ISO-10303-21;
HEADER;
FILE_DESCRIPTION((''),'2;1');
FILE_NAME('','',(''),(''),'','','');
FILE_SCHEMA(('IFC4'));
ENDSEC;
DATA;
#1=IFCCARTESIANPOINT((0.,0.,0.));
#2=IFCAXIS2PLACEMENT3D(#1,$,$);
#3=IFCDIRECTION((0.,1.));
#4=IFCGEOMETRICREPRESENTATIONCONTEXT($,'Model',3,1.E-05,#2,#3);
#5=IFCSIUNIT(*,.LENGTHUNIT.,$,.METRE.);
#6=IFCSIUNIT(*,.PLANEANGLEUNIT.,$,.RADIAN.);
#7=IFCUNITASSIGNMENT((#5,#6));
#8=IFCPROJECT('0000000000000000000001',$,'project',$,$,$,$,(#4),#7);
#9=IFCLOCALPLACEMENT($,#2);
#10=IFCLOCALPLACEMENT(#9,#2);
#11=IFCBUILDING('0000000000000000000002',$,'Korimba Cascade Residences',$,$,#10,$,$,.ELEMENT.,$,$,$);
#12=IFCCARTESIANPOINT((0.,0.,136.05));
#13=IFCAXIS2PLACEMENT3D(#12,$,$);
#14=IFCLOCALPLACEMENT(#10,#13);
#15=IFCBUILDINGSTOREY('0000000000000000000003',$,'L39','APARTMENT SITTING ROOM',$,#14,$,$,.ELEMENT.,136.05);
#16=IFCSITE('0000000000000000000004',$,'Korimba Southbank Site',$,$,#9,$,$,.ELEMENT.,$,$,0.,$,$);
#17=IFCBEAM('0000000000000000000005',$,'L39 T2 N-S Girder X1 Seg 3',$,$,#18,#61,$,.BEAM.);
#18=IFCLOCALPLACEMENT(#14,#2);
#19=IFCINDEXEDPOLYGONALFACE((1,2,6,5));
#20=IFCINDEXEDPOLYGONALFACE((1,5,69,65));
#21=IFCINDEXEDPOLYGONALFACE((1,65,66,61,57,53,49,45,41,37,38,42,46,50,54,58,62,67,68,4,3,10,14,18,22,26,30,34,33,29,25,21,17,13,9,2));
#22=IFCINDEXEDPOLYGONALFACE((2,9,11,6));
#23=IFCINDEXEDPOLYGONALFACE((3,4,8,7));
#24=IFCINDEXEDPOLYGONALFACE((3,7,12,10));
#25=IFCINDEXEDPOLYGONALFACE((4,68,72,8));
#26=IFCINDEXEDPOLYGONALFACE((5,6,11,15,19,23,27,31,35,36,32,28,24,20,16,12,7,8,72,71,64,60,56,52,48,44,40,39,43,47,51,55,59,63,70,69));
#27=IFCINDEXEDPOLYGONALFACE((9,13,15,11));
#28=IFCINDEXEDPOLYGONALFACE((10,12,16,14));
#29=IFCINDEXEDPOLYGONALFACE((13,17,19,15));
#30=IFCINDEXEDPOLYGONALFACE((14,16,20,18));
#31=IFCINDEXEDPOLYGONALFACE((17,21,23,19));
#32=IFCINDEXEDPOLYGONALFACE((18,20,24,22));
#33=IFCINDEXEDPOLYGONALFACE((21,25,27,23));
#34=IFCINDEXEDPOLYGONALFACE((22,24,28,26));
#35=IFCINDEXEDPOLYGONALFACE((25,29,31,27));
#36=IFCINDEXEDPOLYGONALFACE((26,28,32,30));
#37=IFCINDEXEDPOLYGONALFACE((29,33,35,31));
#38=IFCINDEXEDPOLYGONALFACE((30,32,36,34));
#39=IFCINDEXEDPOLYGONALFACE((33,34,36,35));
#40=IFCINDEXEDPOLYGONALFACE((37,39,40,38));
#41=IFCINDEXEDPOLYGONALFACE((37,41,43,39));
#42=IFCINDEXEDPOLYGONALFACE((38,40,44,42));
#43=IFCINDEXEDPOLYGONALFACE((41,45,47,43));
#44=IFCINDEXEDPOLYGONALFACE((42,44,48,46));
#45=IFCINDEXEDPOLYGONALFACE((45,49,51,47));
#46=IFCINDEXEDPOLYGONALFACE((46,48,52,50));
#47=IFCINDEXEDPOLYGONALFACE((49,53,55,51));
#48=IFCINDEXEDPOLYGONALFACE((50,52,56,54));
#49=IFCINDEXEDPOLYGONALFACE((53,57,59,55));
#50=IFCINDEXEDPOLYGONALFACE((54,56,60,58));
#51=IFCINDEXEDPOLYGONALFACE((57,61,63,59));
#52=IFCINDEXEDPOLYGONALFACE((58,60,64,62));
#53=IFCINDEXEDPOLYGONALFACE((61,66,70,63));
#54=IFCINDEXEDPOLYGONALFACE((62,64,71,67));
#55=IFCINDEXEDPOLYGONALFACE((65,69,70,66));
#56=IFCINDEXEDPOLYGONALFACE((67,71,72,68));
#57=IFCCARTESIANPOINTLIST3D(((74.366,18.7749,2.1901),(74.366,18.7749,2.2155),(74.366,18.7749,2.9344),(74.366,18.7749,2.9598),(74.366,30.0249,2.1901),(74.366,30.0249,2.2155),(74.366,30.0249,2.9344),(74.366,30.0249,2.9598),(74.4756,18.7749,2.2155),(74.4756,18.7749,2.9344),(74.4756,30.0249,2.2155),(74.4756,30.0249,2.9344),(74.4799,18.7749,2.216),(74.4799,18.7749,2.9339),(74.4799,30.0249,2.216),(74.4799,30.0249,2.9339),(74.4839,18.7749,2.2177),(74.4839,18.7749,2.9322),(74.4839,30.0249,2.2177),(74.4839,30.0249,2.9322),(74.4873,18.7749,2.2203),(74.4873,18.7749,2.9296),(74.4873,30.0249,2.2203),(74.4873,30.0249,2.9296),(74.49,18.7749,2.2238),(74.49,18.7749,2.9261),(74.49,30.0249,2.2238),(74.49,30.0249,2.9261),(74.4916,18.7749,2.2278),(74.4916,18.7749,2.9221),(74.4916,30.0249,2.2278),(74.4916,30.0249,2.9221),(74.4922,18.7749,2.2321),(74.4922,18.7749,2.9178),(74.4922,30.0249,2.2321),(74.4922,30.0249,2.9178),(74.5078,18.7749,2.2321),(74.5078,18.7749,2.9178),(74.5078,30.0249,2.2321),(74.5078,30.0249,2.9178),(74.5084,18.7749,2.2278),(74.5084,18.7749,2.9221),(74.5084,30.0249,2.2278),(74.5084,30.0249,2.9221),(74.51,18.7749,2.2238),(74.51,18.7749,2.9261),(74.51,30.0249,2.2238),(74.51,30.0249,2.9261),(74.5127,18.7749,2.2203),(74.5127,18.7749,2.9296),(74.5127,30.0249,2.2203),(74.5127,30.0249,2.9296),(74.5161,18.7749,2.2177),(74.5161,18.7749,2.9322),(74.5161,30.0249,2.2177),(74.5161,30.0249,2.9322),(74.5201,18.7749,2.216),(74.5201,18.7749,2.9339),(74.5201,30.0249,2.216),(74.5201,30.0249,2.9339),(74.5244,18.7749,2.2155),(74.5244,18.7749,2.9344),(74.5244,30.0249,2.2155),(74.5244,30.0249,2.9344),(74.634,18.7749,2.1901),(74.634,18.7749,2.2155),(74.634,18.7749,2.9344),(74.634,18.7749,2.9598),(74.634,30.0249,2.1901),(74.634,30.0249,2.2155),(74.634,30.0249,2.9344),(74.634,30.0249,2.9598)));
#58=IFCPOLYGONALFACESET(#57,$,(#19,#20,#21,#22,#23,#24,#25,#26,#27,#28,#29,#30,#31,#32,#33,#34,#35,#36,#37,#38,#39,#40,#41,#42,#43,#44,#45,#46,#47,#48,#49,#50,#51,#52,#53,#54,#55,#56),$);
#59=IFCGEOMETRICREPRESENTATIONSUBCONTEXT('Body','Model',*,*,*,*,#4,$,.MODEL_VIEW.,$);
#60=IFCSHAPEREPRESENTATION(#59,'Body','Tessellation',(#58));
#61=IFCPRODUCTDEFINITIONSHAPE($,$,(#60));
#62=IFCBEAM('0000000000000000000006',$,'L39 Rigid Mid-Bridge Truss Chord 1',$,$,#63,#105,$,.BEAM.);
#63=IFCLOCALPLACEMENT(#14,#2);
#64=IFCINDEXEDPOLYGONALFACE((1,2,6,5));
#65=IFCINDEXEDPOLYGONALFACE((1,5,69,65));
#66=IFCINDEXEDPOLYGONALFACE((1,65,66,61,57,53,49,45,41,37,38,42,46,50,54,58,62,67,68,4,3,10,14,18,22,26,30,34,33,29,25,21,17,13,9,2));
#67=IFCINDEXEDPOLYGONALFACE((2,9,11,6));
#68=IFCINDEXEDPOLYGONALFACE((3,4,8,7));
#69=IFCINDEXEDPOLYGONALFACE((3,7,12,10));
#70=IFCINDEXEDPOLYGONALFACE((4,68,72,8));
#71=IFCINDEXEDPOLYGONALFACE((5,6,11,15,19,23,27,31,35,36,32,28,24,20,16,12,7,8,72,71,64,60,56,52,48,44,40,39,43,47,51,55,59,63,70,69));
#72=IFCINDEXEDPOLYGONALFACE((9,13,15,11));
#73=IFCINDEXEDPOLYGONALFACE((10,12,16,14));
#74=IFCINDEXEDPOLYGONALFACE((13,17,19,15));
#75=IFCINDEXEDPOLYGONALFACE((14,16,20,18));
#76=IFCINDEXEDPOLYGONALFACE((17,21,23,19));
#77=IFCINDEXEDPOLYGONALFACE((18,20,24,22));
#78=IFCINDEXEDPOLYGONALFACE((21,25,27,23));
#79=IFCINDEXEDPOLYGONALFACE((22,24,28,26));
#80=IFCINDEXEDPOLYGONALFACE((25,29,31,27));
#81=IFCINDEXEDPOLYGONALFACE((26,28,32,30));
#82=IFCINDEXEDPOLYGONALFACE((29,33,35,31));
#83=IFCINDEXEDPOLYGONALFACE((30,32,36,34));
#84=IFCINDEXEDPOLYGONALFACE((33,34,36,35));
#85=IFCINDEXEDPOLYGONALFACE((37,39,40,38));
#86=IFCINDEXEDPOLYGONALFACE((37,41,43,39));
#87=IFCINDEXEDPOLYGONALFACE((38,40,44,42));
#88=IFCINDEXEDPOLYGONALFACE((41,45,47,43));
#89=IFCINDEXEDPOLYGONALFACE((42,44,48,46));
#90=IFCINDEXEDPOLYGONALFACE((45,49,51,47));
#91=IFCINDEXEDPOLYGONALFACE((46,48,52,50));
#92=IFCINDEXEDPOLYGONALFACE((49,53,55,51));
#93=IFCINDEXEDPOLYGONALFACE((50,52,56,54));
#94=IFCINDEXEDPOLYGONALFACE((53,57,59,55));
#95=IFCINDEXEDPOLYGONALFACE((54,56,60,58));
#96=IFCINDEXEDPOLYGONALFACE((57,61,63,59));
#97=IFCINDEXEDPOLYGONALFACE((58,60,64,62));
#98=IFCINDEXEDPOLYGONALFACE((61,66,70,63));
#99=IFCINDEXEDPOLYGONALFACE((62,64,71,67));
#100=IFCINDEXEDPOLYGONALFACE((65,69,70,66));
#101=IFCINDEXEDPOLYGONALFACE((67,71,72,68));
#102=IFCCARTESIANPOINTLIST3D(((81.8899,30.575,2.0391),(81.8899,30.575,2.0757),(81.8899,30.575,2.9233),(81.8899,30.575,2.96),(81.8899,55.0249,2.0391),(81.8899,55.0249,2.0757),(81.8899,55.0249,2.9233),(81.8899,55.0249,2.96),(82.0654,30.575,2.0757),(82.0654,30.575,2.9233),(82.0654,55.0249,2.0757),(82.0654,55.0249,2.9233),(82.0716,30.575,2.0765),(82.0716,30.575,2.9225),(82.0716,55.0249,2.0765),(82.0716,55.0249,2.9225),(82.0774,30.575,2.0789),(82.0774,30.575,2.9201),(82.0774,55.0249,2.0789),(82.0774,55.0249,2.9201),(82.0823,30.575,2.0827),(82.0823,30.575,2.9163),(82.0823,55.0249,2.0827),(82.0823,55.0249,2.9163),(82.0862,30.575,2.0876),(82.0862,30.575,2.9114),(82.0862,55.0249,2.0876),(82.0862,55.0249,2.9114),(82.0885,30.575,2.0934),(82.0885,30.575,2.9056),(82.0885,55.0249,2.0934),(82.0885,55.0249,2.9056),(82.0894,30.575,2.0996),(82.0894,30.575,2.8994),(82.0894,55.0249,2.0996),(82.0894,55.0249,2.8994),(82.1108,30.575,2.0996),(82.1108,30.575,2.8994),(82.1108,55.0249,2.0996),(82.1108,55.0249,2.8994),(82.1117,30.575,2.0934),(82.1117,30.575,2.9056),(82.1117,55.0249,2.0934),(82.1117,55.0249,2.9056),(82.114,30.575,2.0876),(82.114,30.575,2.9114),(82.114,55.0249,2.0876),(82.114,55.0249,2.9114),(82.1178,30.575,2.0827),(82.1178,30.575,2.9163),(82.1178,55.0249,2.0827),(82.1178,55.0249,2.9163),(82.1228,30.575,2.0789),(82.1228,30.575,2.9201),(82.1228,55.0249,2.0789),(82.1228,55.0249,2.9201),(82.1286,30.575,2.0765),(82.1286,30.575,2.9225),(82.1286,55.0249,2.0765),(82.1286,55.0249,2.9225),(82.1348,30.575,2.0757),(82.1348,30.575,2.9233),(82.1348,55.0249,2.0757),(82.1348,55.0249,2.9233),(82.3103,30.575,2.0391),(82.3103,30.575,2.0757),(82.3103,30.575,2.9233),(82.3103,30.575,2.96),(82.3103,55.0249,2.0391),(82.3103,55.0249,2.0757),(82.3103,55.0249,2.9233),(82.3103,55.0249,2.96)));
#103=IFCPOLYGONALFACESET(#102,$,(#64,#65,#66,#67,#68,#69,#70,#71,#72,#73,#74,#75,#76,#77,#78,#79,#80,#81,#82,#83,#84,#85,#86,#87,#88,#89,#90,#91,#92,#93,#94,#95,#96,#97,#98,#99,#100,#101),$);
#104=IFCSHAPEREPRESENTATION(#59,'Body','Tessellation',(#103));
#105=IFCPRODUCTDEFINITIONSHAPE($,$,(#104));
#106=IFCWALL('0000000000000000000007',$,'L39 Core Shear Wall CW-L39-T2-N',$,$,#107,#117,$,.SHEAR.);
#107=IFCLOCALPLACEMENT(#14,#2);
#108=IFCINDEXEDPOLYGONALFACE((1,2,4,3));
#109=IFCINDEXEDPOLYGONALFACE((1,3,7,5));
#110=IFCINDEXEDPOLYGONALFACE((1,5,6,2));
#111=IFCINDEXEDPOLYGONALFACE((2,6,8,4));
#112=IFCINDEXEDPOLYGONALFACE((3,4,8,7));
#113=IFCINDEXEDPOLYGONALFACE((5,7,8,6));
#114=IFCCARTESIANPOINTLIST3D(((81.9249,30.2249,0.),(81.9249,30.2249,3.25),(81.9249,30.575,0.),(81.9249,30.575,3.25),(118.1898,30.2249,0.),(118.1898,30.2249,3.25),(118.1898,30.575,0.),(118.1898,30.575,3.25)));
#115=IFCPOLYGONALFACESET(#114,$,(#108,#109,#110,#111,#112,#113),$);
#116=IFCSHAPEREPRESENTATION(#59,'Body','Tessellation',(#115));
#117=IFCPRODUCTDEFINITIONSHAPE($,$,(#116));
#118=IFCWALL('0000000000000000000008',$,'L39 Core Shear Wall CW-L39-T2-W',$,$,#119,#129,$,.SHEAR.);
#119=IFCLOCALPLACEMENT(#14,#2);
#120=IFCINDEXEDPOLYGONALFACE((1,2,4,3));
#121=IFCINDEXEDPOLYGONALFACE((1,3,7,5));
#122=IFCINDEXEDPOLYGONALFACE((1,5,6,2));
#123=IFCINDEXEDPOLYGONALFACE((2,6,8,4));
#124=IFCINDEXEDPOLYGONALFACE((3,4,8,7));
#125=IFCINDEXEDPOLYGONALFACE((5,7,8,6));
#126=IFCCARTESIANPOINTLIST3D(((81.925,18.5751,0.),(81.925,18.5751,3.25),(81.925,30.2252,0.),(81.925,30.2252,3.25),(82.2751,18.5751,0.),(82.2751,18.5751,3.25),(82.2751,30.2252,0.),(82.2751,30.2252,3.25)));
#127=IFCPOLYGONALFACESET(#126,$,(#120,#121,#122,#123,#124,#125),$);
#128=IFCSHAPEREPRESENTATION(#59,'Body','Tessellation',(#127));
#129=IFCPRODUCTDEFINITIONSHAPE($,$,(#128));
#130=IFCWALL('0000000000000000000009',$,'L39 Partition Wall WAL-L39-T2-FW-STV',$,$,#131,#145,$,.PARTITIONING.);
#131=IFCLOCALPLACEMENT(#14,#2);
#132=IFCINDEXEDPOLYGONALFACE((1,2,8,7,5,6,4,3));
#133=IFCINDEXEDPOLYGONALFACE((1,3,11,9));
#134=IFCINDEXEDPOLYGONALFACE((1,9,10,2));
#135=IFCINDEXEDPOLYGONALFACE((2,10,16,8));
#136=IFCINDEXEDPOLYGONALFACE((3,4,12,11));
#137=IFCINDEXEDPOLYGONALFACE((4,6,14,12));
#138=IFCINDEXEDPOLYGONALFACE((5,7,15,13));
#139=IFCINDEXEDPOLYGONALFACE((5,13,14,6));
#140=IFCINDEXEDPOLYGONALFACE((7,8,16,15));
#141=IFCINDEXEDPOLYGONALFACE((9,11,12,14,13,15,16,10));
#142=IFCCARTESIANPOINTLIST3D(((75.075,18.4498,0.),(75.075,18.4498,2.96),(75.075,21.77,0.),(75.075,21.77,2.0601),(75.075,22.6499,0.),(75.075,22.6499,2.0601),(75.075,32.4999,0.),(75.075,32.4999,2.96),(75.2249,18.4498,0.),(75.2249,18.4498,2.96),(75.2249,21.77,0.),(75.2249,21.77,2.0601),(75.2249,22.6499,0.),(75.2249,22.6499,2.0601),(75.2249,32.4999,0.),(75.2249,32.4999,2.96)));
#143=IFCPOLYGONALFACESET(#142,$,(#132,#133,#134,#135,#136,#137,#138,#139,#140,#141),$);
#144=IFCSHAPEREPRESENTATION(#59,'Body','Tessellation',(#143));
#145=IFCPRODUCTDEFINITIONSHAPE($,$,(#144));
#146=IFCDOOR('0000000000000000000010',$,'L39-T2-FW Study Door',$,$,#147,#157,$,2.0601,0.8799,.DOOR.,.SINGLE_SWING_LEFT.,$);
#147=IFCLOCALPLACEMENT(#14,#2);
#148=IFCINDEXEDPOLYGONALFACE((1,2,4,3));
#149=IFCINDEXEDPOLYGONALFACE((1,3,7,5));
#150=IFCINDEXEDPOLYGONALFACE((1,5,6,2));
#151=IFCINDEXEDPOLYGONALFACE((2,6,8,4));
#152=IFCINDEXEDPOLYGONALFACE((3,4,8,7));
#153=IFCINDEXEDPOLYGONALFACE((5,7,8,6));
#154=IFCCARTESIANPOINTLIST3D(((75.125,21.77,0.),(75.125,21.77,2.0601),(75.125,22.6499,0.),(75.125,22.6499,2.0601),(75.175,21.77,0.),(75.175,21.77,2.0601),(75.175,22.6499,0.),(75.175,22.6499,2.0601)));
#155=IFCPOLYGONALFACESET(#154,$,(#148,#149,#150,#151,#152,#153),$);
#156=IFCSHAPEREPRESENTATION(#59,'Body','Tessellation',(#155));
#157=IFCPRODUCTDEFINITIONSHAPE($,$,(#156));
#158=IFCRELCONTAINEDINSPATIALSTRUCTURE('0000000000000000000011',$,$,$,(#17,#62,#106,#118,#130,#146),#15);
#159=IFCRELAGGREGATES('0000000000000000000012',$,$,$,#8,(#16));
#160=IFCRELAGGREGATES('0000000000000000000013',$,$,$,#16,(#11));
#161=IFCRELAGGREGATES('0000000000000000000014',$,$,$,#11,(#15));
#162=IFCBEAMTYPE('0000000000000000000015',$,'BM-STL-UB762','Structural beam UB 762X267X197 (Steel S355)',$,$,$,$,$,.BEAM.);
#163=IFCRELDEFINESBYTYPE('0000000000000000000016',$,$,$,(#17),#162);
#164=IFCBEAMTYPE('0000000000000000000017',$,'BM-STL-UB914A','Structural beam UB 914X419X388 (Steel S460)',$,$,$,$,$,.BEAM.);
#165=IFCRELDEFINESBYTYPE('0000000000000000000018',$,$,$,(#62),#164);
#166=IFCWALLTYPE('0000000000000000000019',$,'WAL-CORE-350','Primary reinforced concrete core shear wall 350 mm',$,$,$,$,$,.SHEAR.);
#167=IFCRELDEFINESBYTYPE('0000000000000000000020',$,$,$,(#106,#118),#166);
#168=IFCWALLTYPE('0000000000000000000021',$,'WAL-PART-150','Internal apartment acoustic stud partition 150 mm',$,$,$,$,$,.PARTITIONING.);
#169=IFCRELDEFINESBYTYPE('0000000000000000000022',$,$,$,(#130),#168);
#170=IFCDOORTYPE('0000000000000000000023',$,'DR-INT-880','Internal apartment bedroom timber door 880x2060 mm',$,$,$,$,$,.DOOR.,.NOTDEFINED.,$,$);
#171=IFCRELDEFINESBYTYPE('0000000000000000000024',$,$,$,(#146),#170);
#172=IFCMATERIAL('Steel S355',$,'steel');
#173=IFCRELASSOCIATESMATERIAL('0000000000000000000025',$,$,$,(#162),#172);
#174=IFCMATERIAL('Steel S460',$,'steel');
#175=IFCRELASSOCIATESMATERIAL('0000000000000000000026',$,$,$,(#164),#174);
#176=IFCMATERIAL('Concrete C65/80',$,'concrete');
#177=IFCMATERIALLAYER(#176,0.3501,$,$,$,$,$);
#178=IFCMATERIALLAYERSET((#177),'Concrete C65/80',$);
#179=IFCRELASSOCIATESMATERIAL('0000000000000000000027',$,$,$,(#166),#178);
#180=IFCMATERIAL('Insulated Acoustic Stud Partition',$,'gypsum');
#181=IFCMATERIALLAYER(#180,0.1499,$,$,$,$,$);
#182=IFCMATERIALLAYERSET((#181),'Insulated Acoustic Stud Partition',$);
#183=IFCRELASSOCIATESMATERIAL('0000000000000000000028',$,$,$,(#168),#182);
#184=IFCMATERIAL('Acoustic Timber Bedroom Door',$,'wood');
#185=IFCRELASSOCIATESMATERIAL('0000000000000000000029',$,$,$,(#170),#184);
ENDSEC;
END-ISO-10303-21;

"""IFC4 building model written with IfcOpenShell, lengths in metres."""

from ifc_helpers import new_model, si_unit, direction, frame, frame_2d, origin, origin_2d, place, context, subcontext, project, spatial, rectangle, i_section, extrude, material, layer, layer_set, material_profile, profile_set, type_object, element, fill, save


model = new_model("IFC4")

# Units and contexts
model_context = context("Model", 3, precision=1e-05, world=origin(), true_north=direction((0.0, 1.0)))
body_context = subcontext(model_context, "Body", "Model", "MODEL_VIEW")
ifc_project = project(units=[si_unit("LENGTHUNIT", "METRE"), si_unit("PLANEANGLEUNIT", "RADIAN")], contexts=[model_context])

# Site, building, storey
site_placement = place(None, origin())
site = spatial("IfcSite", under=ifc_project, at=site_placement, Name="Korimba Southbank Site", CompositionType="ELEMENT", RefElevation=0.0)
building_placement = place(site_placement, origin())
building = spatial("IfcBuilding", under=site, at=building_placement, Name="Korimba Cascade Residences", CompositionType="ELEMENT")
storey_placement = place(building_placement, frame((0.0, 0.0, 136.05)))
storey = spatial("IfcBuildingStorey", under=building, at=storey_placement, Name="L39", Description="APARTMENT SITTING ROOM", CompositionType="ELEMENT", Elevation=136.05)

# Shared definitions
ifc_material_1 = material(Name="Concrete C65/80", Category="concrete")

# Beams
ifc_material_2 = material(Name="Steel S355", Category="steel")
ifc_material_profile_1 = material_profile(ifc_material_2, i_section(OverallWidth=0.2681, OverallDepth=0.7698, WebThickness=0.0156, FlangeThickness=0.0254, FilletRadius=0.0166, at=origin_2d()), Name="Steel S355")
ifc_profile_set_1 = profile_set([ifc_material_profile_1], Name="Steel S355")
beam_type_1 = type_object("IfcBeamType", Name="BM-STL-UB762", Description="Structural beam UB 762X267X197 (Steel S355)", PredefinedType="BEAM", material=ifc_profile_set_1)
beam_1_placement = place(storey_placement, frame((74.5, 18.7749, 2.575), z_axis=(0.0, 1.0, 0.0), x_axis=(-1.0, 0.0, 0.0)))
element("IfcBeam", 1, at=beam_1_placement, inside=storey, type_object=beam_type_1, Name="L39 T2 N-S Girder X1 Seg 3", PredefinedType="BEAM", context=body_context, shape_type="SweptSolid", body=[
    extrude(i_section(OverallWidth=0.2681, OverallDepth=0.7698, WebThickness=0.0156, FlangeThickness=0.0254, FilletRadius=0.0166, at=origin_2d()), origin(), (0.0, 0.0, 1.0), 11.25),
])
ifc_material_3 = material(Name="Steel S460", Category="steel")
ifc_material_profile_2 = material_profile(ifc_material_3, i_section(OverallWidth=0.4204, OverallDepth=0.9209, WebThickness=0.0215, FlangeThickness=0.0366, FilletRadius=0.0239, at=origin_2d()), Name="Steel S460")
ifc_profile_set_2 = profile_set([ifc_material_profile_2], Name="Steel S460")
beam_type_2 = type_object("IfcBeamType", Name="BM-STL-UB914A", Description="Structural beam UB 914X419X388 (Steel S460)", PredefinedType="BEAM", material=ifc_profile_set_2)
beam_2_placement = place(storey_placement, frame((82.1001, 30.575, 2.4995), z_axis=(0.0, 1.0, 0.0), x_axis=(-1.0, 0.0, 0.0)))
element("IfcBeam", 2, at=beam_2_placement, inside=storey, type_object=beam_type_2, Name="L39 Rigid Mid-Bridge Truss Chord 1", PredefinedType="BEAM", context=body_context, shape_type="SweptSolid", body=[
    extrude(i_section(OverallWidth=0.4204, OverallDepth=0.9209, WebThickness=0.0215, FlangeThickness=0.0366, FilletRadius=0.0239, at=origin_2d()), origin(), (0.0, 0.0, 1.0), 24.45),
])

# Walls
ifc_layer_1 = layer(ifc_material_1, 0.3501)
ifc_layer_set_1 = layer_set([ifc_layer_1], Name="Concrete C65/80")
wall_type_1 = type_object("IfcWallType", Name="WAL-CORE-350", Description="Primary reinforced concrete core shear wall 350 mm", PredefinedType="SHEAR", material=ifc_layer_set_1)
wall_1_placement = place(storey_placement, frame((81.925, 30.3999, 0.0), z_axis=(0.0, 0.0, 1.0), x_axis=(1.0, 0.0, 0.0)))
element("IfcWall", 3, at=wall_1_placement, inside=storey, type_object=wall_type_1, Name="L39 Core Shear Wall CW-L39-T2-N", PredefinedType="SHEAR", context=body_context, shape_type="SweptSolid", body=[
    extrude(rectangle(XDim=36.2649, YDim=0.3501, at=frame_2d((18.1323, 0.0))), origin(), (0.0, 0.0, 1.0), 3.25),
])
wall_2_placement = place(storey_placement, frame((82.1001, 18.575, 0.0), z_axis=(0.0, 0.0, 1.0), x_axis=(0.0, 1.0, 0.0)))
element("IfcWall", 4, at=wall_2_placement, inside=storey, type_object=wall_type_1, Name="L39 Core Shear Wall CW-L39-T2-W", PredefinedType="SHEAR", context=body_context, shape_type="SweptSolid", body=[
    extrude(rectangle(XDim=11.6501, YDim=0.3501, at=frame_2d((5.8252, 0.0))), origin(), (0.0, 0.0, 1.0), 3.25),
])

# Wall, opening, door
ifc_material_4 = material(Name="Insulated Acoustic Stud Partition", Category="gypsum")
ifc_layer_2 = layer(ifc_material_4, 0.1499)
ifc_layer_set_2 = layer_set([ifc_layer_2], Name="Insulated Acoustic Stud Partition")
wall_type_2 = type_object("IfcWallType", Name="WAL-PART-150", Description="Internal apartment acoustic stud partition 150 mm", PredefinedType="PARTITIONING", material=ifc_layer_set_2)
wall_3_placement = place(storey_placement, frame((75.1499, 18.45, 0.0), z_axis=(0.0, 0.0, 1.0), x_axis=(0.0, 1.0, 0.0)))
wall_3 = element("IfcWall", 5, at=wall_3_placement, inside=storey, type_object=wall_type_2, Name="L39 Partition Wall WAL-L39-T2-FW-STV", PredefinedType="PARTITIONING", context=body_context, shape_type="SweptSolid", body=[
    extrude(rectangle(XDim=14.05, YDim=0.1499, at=frame_2d((7.0249, 0.0))), origin(), (0.0, 0.0, 1.0), 2.96),
])
opening_1_placement = place(wall_3_placement, frame((3.3201, 0.0, 0.0)))
opening_1 = element("IfcOpeningElement", 6, at=opening_1_placement, cuts=wall_3, PredefinedType="OPENING", context=body_context, shape_type="SweptSolid", body=[
    extrude(rectangle(XDim=0.8799, YDim=2.0601, at=frame_2d((0.4399, 1.03))), frame((0.0, 0.085, 0.0), z_axis=(0.0, -1.0, 0.0), x_axis=(1.0, 0.0, 0.0)), (0.0, 0.0, 1.0), 0.1699),
])
ifc_material_5 = material(Name="Acoustic Timber Bedroom Door", Category="wood")
door_type_1 = type_object("IfcDoorType", Name="DR-INT-880", Description="Internal apartment bedroom timber door 880x2060 mm", OperationType="NOTDEFINED", PredefinedType="DOOR", material=ifc_material_5)
door_1_placement = place(opening_1_placement, origin())
door_1 = element("IfcDoor", 7, at=door_1_placement, inside=storey, type_object=door_type_1, Name="L39-T2-FW Study Door", OperationType="SINGLE_SWING_LEFT", OverallHeight=2.0601, OverallWidth=0.8799, PredefinedType="DOOR", context=body_context, shape_type="SweptSolid", body=[
    extrude(rectangle(XDim=0.8799, YDim=2.0601, at=frame_2d((0.4399, 1.03))), frame((0.0, 0.0249, 0.0), z_axis=(0.0, -1.0, 0.0), x_axis=(1.0, 0.0, 0.0)), (0.0, 0.0, 1.0), 0.05),
])
fill(opening_1, door_1)

save(model, "model.ifc")
